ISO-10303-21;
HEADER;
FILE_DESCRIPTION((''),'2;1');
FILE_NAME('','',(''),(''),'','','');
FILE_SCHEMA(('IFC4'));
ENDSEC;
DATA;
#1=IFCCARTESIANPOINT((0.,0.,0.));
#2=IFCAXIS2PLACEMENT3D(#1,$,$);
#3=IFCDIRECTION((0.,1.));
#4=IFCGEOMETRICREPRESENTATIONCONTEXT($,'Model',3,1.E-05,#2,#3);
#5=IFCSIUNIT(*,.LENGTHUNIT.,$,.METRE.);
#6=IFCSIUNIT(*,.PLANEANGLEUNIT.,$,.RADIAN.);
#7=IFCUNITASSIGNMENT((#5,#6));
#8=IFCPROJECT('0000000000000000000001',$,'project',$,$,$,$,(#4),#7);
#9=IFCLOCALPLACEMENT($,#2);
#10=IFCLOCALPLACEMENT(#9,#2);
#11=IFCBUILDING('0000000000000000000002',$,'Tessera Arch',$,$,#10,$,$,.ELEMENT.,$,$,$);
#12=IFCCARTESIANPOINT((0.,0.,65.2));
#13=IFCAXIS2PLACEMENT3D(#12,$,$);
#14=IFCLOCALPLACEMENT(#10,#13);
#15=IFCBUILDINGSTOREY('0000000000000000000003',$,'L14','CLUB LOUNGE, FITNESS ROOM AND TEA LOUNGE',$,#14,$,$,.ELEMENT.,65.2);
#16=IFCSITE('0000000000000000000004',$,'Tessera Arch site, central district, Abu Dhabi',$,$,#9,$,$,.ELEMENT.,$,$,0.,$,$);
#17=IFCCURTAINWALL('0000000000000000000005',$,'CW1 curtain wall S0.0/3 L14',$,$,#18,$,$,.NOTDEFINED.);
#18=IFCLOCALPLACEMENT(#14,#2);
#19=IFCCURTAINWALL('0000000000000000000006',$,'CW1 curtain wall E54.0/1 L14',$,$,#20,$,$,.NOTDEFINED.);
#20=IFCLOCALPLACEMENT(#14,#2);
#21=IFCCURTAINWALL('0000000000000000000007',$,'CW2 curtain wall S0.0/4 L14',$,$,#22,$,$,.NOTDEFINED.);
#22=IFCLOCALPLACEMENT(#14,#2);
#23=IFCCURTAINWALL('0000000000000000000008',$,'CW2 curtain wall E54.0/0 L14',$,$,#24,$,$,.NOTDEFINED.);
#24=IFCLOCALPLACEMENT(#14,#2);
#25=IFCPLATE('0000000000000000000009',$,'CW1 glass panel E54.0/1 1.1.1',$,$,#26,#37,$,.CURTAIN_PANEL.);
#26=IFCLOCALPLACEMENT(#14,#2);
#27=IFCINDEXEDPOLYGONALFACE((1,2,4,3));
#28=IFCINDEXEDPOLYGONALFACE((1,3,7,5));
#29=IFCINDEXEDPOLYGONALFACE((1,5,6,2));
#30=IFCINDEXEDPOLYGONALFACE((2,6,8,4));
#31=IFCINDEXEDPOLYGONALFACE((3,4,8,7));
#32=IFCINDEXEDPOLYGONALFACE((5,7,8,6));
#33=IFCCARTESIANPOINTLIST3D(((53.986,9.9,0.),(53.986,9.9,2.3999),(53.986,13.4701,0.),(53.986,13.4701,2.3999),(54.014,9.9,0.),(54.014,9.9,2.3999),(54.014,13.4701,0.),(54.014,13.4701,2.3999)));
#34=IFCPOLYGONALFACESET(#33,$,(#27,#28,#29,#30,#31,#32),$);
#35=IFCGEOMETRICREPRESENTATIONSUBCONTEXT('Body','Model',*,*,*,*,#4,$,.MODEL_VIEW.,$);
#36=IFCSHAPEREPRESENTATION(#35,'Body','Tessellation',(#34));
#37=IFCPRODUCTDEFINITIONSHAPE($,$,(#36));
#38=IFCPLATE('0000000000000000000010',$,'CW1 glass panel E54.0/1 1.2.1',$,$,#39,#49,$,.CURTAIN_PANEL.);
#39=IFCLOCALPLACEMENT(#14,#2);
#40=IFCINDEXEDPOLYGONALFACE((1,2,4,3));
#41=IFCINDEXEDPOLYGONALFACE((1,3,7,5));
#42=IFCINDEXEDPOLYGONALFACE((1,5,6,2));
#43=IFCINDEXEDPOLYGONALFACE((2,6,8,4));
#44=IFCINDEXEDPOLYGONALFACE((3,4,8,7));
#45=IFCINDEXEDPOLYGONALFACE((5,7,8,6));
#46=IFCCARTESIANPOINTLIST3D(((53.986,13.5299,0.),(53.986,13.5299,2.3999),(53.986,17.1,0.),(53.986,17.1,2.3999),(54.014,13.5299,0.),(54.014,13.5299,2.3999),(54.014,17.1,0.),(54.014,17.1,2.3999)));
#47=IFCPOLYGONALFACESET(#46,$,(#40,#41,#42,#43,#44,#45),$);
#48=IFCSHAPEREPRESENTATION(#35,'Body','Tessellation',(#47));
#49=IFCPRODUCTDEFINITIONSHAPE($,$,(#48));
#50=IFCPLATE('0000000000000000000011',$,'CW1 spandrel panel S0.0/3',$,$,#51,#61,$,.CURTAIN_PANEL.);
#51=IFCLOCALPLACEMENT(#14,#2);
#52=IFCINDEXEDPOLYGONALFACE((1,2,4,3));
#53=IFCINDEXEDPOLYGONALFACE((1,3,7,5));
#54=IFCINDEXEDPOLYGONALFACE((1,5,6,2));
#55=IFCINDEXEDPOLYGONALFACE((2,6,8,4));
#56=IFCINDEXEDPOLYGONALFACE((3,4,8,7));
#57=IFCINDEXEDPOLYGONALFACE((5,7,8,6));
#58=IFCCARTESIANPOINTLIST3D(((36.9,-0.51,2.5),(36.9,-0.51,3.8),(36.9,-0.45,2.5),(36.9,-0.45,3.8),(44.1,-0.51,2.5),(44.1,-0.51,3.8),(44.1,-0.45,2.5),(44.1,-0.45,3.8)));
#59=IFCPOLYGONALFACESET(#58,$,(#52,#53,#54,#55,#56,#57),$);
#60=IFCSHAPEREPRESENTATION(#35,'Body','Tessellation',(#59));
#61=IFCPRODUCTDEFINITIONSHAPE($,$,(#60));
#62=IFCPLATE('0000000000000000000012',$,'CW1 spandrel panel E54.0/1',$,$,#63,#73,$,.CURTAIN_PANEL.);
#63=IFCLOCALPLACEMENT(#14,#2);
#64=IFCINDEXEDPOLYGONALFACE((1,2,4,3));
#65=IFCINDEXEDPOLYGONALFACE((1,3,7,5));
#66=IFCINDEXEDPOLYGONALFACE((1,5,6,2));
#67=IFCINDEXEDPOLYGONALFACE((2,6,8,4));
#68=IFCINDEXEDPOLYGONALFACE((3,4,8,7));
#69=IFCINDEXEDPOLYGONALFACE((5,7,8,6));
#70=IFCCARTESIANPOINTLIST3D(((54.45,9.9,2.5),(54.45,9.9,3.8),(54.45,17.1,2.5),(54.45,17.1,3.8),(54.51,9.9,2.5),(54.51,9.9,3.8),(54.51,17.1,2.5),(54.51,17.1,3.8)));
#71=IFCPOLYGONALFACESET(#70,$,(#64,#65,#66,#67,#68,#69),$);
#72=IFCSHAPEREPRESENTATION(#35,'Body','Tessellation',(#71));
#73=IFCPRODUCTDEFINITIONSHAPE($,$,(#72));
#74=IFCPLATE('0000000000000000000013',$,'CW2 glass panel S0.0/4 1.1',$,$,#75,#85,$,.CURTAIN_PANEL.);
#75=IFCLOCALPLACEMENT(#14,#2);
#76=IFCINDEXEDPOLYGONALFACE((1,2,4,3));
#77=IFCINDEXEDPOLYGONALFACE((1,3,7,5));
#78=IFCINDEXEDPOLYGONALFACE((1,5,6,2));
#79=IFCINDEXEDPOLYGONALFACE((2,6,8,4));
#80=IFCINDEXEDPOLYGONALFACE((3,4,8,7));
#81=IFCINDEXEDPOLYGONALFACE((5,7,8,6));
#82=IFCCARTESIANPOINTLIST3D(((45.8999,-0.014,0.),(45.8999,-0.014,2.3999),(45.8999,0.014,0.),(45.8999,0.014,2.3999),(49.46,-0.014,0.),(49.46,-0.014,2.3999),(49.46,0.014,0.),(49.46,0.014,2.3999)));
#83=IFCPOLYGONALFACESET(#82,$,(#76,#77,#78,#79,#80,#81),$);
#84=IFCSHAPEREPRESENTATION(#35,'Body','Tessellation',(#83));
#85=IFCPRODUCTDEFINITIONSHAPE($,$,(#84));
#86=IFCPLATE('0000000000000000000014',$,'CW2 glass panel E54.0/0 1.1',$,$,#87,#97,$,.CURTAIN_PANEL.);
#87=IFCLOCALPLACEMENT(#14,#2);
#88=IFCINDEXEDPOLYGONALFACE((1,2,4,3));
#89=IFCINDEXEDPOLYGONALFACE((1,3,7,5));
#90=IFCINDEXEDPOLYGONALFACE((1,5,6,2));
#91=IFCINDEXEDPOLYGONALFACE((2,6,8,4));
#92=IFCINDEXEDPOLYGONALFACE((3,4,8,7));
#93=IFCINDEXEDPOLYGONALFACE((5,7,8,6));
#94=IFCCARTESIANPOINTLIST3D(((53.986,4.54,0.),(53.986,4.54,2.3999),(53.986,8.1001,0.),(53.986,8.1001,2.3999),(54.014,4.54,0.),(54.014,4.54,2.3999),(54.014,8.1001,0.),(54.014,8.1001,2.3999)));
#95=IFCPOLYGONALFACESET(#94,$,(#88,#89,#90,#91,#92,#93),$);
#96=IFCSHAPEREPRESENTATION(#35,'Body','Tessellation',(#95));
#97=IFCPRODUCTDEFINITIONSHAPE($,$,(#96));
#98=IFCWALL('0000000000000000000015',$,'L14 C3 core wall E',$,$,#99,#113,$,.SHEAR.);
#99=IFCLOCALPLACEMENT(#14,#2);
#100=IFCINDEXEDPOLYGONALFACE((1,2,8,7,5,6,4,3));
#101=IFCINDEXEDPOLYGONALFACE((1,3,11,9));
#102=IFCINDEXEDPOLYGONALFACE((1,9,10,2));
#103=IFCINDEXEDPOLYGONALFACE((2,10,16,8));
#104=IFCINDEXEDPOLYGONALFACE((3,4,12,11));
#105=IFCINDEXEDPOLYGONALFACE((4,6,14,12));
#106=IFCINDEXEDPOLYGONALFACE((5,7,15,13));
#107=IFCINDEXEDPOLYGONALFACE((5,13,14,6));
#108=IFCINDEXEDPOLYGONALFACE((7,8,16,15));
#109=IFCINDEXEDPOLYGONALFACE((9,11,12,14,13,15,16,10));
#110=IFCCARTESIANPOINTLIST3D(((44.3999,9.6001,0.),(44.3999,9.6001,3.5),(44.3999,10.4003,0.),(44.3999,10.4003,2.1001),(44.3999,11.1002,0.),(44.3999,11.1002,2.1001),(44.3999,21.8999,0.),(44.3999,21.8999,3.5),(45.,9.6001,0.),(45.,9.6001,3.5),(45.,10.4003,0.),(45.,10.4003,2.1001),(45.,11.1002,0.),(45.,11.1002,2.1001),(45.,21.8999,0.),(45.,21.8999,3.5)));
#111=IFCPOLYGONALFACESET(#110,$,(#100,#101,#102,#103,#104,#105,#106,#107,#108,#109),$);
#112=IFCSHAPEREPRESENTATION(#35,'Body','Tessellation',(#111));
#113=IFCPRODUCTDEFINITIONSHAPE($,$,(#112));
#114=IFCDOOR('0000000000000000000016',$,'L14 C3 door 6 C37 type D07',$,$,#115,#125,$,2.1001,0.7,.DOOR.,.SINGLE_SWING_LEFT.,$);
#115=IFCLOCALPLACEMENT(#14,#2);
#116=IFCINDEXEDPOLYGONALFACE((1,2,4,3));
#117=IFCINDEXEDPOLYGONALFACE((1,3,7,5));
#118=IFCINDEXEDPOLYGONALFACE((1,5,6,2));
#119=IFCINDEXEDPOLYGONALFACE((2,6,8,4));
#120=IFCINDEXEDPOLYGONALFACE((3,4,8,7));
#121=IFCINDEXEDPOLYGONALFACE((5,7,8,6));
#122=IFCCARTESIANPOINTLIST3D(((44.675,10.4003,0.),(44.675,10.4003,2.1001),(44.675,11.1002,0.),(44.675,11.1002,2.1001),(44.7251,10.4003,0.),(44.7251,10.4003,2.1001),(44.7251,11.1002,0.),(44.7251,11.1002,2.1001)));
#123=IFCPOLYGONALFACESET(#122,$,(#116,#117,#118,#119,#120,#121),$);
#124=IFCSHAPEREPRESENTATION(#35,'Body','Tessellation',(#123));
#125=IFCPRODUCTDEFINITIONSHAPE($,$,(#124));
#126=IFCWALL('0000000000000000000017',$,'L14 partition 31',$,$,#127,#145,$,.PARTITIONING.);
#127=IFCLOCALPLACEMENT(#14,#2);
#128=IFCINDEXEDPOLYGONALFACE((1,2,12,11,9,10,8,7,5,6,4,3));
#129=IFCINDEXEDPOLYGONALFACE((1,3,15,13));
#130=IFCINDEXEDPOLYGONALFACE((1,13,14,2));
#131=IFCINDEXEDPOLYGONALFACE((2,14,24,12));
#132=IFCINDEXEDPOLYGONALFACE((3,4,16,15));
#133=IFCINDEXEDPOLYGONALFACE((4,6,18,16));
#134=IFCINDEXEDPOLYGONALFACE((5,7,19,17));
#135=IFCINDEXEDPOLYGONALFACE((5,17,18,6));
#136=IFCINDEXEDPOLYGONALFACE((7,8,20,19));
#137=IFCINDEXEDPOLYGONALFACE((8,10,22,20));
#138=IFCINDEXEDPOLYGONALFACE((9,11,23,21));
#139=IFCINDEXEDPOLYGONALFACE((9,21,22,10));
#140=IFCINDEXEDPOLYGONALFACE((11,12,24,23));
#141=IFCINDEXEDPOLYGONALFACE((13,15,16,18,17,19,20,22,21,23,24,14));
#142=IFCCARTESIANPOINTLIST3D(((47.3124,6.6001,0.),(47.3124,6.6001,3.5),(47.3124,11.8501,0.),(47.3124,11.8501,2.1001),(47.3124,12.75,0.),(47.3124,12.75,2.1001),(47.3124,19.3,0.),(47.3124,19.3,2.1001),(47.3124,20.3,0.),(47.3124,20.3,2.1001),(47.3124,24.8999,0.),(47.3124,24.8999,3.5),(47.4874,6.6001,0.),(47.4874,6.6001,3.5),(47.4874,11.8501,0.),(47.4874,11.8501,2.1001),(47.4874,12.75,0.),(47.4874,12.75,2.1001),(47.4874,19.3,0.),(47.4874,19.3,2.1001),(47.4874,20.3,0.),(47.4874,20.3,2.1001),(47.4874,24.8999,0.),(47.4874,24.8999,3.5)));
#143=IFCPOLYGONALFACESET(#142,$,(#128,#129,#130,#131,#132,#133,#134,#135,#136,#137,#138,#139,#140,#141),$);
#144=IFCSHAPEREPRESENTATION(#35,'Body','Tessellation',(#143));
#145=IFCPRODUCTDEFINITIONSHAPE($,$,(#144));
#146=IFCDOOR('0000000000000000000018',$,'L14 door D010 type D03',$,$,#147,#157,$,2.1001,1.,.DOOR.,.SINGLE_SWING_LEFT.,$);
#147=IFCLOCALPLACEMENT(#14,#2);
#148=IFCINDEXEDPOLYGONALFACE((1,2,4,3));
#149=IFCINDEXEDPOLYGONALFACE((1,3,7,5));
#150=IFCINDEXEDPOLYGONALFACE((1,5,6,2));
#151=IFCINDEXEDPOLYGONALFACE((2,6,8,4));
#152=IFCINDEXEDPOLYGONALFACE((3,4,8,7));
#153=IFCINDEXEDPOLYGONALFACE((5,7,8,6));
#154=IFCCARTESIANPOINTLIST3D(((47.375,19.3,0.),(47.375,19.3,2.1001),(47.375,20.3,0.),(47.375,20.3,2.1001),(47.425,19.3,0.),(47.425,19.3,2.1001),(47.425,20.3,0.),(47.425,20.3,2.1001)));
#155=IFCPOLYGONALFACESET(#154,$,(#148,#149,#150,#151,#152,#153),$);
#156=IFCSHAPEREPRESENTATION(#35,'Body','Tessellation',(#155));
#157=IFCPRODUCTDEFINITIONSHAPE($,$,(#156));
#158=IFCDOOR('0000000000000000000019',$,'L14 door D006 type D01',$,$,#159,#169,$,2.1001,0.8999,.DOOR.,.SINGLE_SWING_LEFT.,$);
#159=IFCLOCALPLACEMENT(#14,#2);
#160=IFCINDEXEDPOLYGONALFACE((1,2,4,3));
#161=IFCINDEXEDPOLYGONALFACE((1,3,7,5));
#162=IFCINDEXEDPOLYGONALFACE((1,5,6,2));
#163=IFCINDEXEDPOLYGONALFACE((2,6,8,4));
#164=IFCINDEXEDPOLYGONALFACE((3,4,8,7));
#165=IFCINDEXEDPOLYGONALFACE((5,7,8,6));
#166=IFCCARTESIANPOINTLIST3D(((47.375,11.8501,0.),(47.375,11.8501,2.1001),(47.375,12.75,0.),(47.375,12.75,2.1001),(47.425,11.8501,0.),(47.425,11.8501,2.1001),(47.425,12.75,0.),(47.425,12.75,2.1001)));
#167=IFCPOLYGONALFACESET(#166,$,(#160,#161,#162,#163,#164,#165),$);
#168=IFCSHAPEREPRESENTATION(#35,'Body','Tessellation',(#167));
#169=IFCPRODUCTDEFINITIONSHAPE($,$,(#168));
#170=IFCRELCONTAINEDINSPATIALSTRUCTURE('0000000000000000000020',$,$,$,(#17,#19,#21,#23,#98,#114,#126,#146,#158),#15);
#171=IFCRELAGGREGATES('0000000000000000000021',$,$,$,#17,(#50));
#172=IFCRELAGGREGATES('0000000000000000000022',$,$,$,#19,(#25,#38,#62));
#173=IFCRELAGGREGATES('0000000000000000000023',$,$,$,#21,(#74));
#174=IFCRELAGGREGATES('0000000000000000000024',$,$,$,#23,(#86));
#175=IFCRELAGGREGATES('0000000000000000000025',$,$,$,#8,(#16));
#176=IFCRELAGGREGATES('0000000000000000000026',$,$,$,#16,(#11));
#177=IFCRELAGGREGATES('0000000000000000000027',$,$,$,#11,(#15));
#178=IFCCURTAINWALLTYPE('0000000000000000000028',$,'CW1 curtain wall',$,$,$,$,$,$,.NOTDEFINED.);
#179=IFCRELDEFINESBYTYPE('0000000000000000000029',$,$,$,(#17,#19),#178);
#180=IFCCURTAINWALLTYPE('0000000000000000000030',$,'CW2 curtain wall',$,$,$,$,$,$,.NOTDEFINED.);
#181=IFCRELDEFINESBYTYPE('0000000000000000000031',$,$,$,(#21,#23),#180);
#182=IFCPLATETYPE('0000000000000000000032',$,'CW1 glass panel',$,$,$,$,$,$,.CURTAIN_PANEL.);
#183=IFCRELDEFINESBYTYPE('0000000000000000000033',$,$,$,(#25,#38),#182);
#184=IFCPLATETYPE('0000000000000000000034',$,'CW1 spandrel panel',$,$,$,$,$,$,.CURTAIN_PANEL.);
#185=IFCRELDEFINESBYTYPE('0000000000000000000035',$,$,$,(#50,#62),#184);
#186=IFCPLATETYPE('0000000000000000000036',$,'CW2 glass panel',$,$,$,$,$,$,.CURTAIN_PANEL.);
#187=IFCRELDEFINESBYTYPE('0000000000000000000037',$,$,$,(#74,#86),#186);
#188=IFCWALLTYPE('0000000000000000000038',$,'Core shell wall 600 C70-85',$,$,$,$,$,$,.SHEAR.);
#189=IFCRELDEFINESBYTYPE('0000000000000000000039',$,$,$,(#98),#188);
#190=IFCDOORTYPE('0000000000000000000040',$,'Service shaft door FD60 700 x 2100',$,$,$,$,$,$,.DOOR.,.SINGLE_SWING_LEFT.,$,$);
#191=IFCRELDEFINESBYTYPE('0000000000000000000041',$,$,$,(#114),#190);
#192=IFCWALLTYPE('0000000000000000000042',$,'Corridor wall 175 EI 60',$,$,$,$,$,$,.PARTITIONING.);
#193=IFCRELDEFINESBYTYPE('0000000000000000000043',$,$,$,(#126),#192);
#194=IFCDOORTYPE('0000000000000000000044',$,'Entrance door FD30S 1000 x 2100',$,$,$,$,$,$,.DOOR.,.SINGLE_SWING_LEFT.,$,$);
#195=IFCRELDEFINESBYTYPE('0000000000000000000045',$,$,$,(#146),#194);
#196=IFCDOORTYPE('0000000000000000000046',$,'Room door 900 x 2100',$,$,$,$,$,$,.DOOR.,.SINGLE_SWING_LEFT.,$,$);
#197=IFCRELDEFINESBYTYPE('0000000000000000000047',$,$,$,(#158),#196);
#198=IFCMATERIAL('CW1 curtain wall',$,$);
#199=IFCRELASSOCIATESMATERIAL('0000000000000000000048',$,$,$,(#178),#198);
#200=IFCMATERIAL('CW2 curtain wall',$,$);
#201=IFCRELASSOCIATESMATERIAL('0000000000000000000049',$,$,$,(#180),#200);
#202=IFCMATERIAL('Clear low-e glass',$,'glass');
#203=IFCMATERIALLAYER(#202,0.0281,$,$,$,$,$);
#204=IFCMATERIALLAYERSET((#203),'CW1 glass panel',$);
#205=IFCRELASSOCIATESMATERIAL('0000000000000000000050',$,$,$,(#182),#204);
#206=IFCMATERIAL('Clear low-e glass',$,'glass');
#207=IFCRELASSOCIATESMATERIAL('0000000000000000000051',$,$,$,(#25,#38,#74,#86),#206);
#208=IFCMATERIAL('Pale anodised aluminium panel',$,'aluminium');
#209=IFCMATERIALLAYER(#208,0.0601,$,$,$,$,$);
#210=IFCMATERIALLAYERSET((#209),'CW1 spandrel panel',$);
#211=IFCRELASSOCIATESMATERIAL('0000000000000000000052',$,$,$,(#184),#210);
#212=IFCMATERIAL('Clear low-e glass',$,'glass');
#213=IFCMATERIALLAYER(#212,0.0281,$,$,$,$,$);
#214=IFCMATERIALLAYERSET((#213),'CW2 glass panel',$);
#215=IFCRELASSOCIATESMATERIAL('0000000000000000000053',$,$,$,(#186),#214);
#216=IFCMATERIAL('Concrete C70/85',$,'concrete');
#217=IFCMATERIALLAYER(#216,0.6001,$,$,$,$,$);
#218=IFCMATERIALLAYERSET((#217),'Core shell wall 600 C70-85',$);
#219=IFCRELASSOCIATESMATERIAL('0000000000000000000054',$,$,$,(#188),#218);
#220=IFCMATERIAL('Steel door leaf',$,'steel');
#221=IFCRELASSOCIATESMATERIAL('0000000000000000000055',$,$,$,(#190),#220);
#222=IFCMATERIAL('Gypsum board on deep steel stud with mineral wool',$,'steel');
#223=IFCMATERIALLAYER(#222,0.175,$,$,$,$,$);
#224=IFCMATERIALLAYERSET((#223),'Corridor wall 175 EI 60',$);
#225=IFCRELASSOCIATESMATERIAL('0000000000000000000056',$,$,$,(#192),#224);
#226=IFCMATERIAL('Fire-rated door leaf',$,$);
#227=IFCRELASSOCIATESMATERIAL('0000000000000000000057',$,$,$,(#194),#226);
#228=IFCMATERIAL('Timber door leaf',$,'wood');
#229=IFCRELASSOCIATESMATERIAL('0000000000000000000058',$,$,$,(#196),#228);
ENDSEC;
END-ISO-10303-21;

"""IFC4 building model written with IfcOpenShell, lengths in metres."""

from ifc_helpers import new_model, si_unit, direction, frame, frame_2d, origin, origin_2d, place, context, subcontext, project, spatial, rectangle, extrude, material, layer, layer_set, type_object, element, fill, aggregate, save


model = new_model("IFC4")

# Units and contexts
model_context = context("Model", 3, precision=1e-05, world=origin(), true_north=direction((0.0, 1.0)))
body_context = subcontext(model_context, "Body", "Model", "MODEL_VIEW")
ifc_project = project(units=[si_unit("LENGTHUNIT", "METRE"), si_unit("PLANEANGLEUNIT", "RADIAN")], contexts=[model_context])

# Site, building, storey
site_placement = place(None, origin())
site = spatial("IfcSite", under=ifc_project, at=site_placement, Name="Tessera Arch site, central district, Abu Dhabi", CompositionType="ELEMENT", RefElevation=0.0)
building_placement = place(site_placement, origin())
building = spatial("IfcBuilding", under=site, at=building_placement, Name="Tessera Arch", CompositionType="ELEMENT")
storey_placement = place(building_placement, frame((0.0, 0.0, 65.2)))
storey = spatial("IfcBuildingStorey", under=building, at=storey_placement, Name="L14", Description="CLUB LOUNGE, FITNESS ROOM AND TEA LOUNGE", CompositionType="ELEMENT", Elevation=65.2)

# Curtain wall
ifc_material_1 = material(Name="CW1 curtain wall")
curtain_wall_type_1 = type_object("IfcCurtainWallType", Name="CW1 curtain wall", PredefinedType="NOTDEFINED", material=ifc_material_1)
curtain_wall_1_placement = place(storey_placement, origin())
curtain_wall_1 = element("IfcCurtainWall", 1, at=curtain_wall_1_placement, inside=storey, type_object=curtain_wall_type_1, Name="CW1 curtain wall S0.0/3 L14", PredefinedType="NOTDEFINED")

# Curtain wall
curtain_wall_2_placement = place(storey_placement, origin())
curtain_wall_2 = element("IfcCurtainWall", 2, at=curtain_wall_2_placement, inside=storey, type_object=curtain_wall_type_1, Name="CW1 curtain wall E54.0/1 L14", PredefinedType="NOTDEFINED")

# Curtain walls
ifc_material_2 = material(Name="CW2 curtain wall")
curtain_wall_type_2 = type_object("IfcCurtainWallType", Name="CW2 curtain wall", PredefinedType="NOTDEFINED", material=ifc_material_2)
curtain_wall_3_placement = place(storey_placement, origin())
curtain_wall_3 = element("IfcCurtainWall", 3, at=curtain_wall_3_placement, inside=storey, type_object=curtain_wall_type_2, Name="CW2 curtain wall S0.0/4 L14", PredefinedType="NOTDEFINED")
curtain_wall_4_placement = place(storey_placement, origin())
curtain_wall_4 = element("IfcCurtainWall", 4, at=curtain_wall_4_placement, inside=storey, type_object=curtain_wall_type_2, Name="CW2 curtain wall E54.0/0 L14", PredefinedType="NOTDEFINED")

# Plates
ifc_material_3 = material(Name="Clear low-e glass", Category="glass")
ifc_material_4 = material(Name="Clear low-e glass", Category="glass")
ifc_layer_1 = layer(ifc_material_4, 0.0281)
ifc_layer_set_1 = layer_set([ifc_layer_1], Name="CW1 glass panel")
plate_type_1 = type_object("IfcPlateType", Name="CW1 glass panel", PredefinedType="CURTAIN_PANEL", material=ifc_layer_set_1)
plate_1_placement = place(storey_placement, frame((54.0, 11.6851, 0.0), z_axis=(0.0, 0.0, 1.0), x_axis=(0.0, 1.0, 0.0)))
plate_1 = element("IfcPlate", 5, at=plate_1_placement, type_object=plate_type_1, material=ifc_material_3, Name="CW1 glass panel E54.0/1 1.1.1", PredefinedType="CURTAIN_PANEL", context=body_context, shape_type="SweptSolid", body=[
    extrude(rectangle(XDim=3.5701, YDim=0.0281, at=origin_2d()), origin(), (0.0, 0.0, 1.0), 2.3999),
])
plate_2_placement = place(storey_placement, frame((54.0, 15.3149, 0.0), z_axis=(0.0, 0.0, 1.0), x_axis=(0.0, 1.0, 0.0)))
plate_2 = element("IfcPlate", 6, at=plate_2_placement, type_object=plate_type_1, material=ifc_material_3, Name="CW1 glass panel E54.0/1 1.2.1", PredefinedType="CURTAIN_PANEL", context=body_context, shape_type="SweptSolid", body=[
    extrude(rectangle(XDim=3.5701, YDim=0.0281, at=origin_2d()), origin(), (0.0, 0.0, 1.0), 2.3999),
])
ifc_material_5 = material(Name="Pale anodised aluminium panel", Category="aluminium")
ifc_layer_2 = layer(ifc_material_5, 0.0601)
ifc_layer_set_2 = layer_set([ifc_layer_2], Name="CW1 spandrel panel")
plate_type_2 = type_object("IfcPlateType", Name="CW1 spandrel panel", PredefinedType="CURTAIN_PANEL", material=ifc_layer_set_2)
plate_3_placement = place(storey_placement, frame((40.5, -0.48, 2.5), z_axis=(0.0, 0.0, 1.0), x_axis=(1.0, 0.0, 0.0)))
plate_3 = element("IfcPlate", 7, at=plate_3_placement, type_object=plate_type_2, Name="CW1 spandrel panel S0.0/3", PredefinedType="CURTAIN_PANEL", context=body_context, shape_type="SweptSolid", body=[
    extrude(rectangle(XDim=7.2, YDim=0.0601, at=origin_2d()), origin(), (0.0, 0.0, 1.0), 1.3),
])
aggregate(curtain_wall_1, [plate_3])
plate_4_placement = place(storey_placement, frame((54.48, 13.5, 2.5), z_axis=(0.0, 0.0, 1.0), x_axis=(0.0, 1.0, 0.0)))
plate_4 = element("IfcPlate", 8, at=plate_4_placement, type_object=plate_type_2, Name="CW1 spandrel panel E54.0/1", PredefinedType="CURTAIN_PANEL", context=body_context, shape_type="SweptSolid", body=[
    extrude(rectangle(XDim=7.2, YDim=0.0601, at=origin_2d()), origin(), (0.0, 0.0, 1.0), 1.3),
])
aggregate(curtain_wall_2, [plate_1, plate_2, plate_4])
ifc_material_6 = material(Name="Clear low-e glass", Category="glass")
ifc_layer_3 = layer(ifc_material_6, 0.0281)
ifc_layer_set_3 = layer_set([ifc_layer_3], Name="CW2 glass panel")
plate_type_3 = type_object("IfcPlateType", Name="CW2 glass panel", PredefinedType="CURTAIN_PANEL", material=ifc_layer_set_3)
plate_5_placement = place(storey_placement, frame((47.6799, 0.0, 0.0), z_axis=(0.0, 0.0, 1.0), x_axis=(1.0, 0.0, 0.0)))
plate_5 = element("IfcPlate", 9, at=plate_5_placement, type_object=plate_type_3, material=ifc_material_3, Name="CW2 glass panel S0.0/4 1.1", PredefinedType="CURTAIN_PANEL", context=body_context, shape_type="SweptSolid", body=[
    extrude(rectangle(XDim=3.5601, YDim=0.0281, at=origin_2d()), origin(), (0.0, 0.0, 1.0), 2.3999),
])
aggregate(curtain_wall_3, [plate_5])
plate_6_placement = place(storey_placement, frame((54.0, 6.3201, 0.0), z_axis=(0.0, 0.0, 1.0), x_axis=(0.0, 1.0, 0.0)))
plate_6 = element("IfcPlate", 10, at=plate_6_placement, type_object=plate_type_3, material=ifc_material_3, Name="CW2 glass panel E54.0/0 1.1", PredefinedType="CURTAIN_PANEL", context=body_context, shape_type="SweptSolid", body=[
    extrude(rectangle(XDim=3.5601, YDim=0.0281, at=origin_2d()), origin(), (0.0, 0.0, 1.0), 2.3999),
])
aggregate(curtain_wall_4, [plate_6])

# Wall, opening, door
ifc_material_7 = material(Name="Concrete C70/85", Category="concrete")
ifc_layer_4 = layer(ifc_material_7, 0.6001)
ifc_layer_set_4 = layer_set([ifc_layer_4], Name="Core shell wall 600 C70-85")
wall_type_1 = type_object("IfcWallType", Name="Core shell wall 600 C70-85", PredefinedType="SHEAR", material=ifc_layer_set_4)
wall_1_placement = place(storey_placement, frame((44.7, 9.6001, 0.0), z_axis=(0.0, 0.0, 1.0), x_axis=(0.0, 1.0, 0.0)))
wall_1 = element("IfcWall", 11, at=wall_1_placement, inside=storey, type_object=wall_type_1, Name="L14 C3 core wall E", PredefinedType="SHEAR", context=body_context, shape_type="SweptSolid", body=[
    extrude(rectangle(XDim=12.2998, YDim=0.6001, at=frame_2d((6.1499, 0.0))), origin(), (0.0, 0.0, 1.0), 3.5),
])
opening_1_placement = place(wall_1_placement, frame((0.8, 0.0, 0.0)))
opening_1 = element("IfcOpeningElement", 12, at=opening_1_placement, cuts=wall_1, PredefinedType="OPENING", context=body_context, shape_type="SweptSolid", body=[
    extrude(rectangle(XDim=0.7, YDim=2.1001, at=frame_2d((0.3501, 1.05))), frame((0.0, 0.3101, 0.0), z_axis=(0.0, -1.0, 0.0), x_axis=(1.0, 0.0, 0.0)), (0.0, 0.0, 1.0), 0.6201),
])
ifc_material_8 = material(Name="Steel door leaf", Category="steel")
door_type_1 = type_object("IfcDoorType", Name="Service shaft door FD60 700 x 2100", OperationType="SINGLE_SWING_LEFT", PredefinedType="DOOR", material=ifc_material_8)
door_1_placement = place(opening_1_placement, origin())
door_1 = element("IfcDoor", 13, at=door_1_placement, inside=storey, type_object=door_type_1, Name="L14 C3 door 6 C37 type D07", OperationType="SINGLE_SWING_LEFT", OverallHeight=2.1001, OverallWidth=0.7, PredefinedType="DOOR", context=body_context, shape_type="SweptSolid", body=[
    extrude(rectangle(XDim=0.7, YDim=2.1001, at=frame_2d((0.3501, 1.05))), frame((0.0, 0.0249, 0.0), z_axis=(0.0, -1.0, 0.0), x_axis=(1.0, 0.0, 0.0)), (0.0, 0.0, 1.0), 0.05),
])
fill(opening_1, door_1)

# Wall, openings, doors
ifc_material_9 = material(Name="Gypsum board on deep steel stud with mineral wool", Category="steel")
ifc_layer_5 = layer(ifc_material_9, 0.175)
ifc_layer_set_5 = layer_set([ifc_layer_5], Name="Corridor wall 175 EI 60")
wall_type_2 = type_object("IfcWallType", Name="Corridor wall 175 EI 60", PredefinedType="PARTITIONING", material=ifc_layer_set_5)
wall_2_placement = place(storey_placement, frame((47.3999, 6.6001, 0.0), z_axis=(0.0, 0.0, 1.0), x_axis=(0.0, 1.0, 0.0)))
wall_2 = element("IfcWall", 14, at=wall_2_placement, inside=storey, type_object=wall_type_2, Name="L14 partition 31", PredefinedType="PARTITIONING", context=body_context, shape_type="SweptSolid", body=[
    extrude(rectangle(XDim=18.2998, YDim=0.175, at=frame_2d((9.1499, 0.0))), origin(), (0.0, 0.0, 1.0), 3.5),
])
opening_2_placement = place(wall_2_placement, frame((5.25, 0.0, 0.0)))
opening_2 = element("IfcOpeningElement", 15, at=opening_2_placement, cuts=wall_2, PredefinedType="OPENING", context=body_context, shape_type="SweptSolid", body=[
    extrude(rectangle(XDim=0.8999, YDim=2.1001, at=frame_2d((0.45, 1.05))), frame((0.0, 0.0974, 0.0), z_axis=(0.0, -1.0, 0.0), x_axis=(1.0, 0.0, 0.0)), (0.0, 0.0, 1.0), 0.1951),
])
opening_3_placement = place(wall_2_placement, frame((12.7, 0.0, 0.0)))
opening_3 = element("IfcOpeningElement", 16, at=opening_3_placement, cuts=wall_2, PredefinedType="OPENING", context=body_context, shape_type="SweptSolid", body=[
    extrude(rectangle(XDim=1.0, YDim=2.1001, at=frame_2d((0.5, 1.05))), frame((0.0, 0.0974, 0.0), z_axis=(0.0, -1.0, 0.0), x_axis=(1.0, 0.0, 0.0)), (0.0, 0.0, 1.0), 0.1951),
])
ifc_material_10 = material(Name="Fire-rated door leaf")
door_type_2 = type_object("IfcDoorType", Name="Entrance door FD30S 1000 x 2100", OperationType="SINGLE_SWING_LEFT", PredefinedType="DOOR", material=ifc_material_10)
door_2_placement = place(opening_3_placement, origin())
door_2 = element("IfcDoor", 17, at=door_2_placement, inside=storey, type_object=door_type_2, Name="L14 door D010 type D03", OperationType="SINGLE_SWING_LEFT", OverallHeight=2.1001, OverallWidth=1.0, PredefinedType="DOOR", context=body_context, shape_type="SweptSolid", body=[
    extrude(rectangle(XDim=1.0, YDim=2.1001, at=frame_2d((0.5, 1.05))), frame((0.0, 0.0249, 0.0), z_axis=(0.0, -1.0, 0.0), x_axis=(1.0, 0.0, 0.0)), (0.0, 0.0, 1.0), 0.05),
])
fill(opening_3, door_2)
ifc_material_11 = material(Name="Timber door leaf", Category="wood")
door_type_3 = type_object("IfcDoorType", Name="Room door 900 x 2100", OperationType="SINGLE_SWING_LEFT", PredefinedType="DOOR", material=ifc_material_11)
door_3_placement = place(opening_2_placement, origin())
door_3 = element("IfcDoor", 18, at=door_3_placement, inside=storey, type_object=door_type_3, Name="L14 door D006 type D01", OperationType="SINGLE_SWING_LEFT", OverallHeight=2.1001, OverallWidth=0.8999, PredefinedType="DOOR", context=body_context, shape_type="SweptSolid", body=[
    extrude(rectangle(XDim=0.8999, YDim=2.1001, at=frame_2d((0.45, 1.05))), frame((0.0, 0.0249, 0.0), z_axis=(0.0, -1.0, 0.0), x_axis=(1.0, 0.0, 0.0)), (0.0, 0.0, 1.0), 0.05),
])
fill(opening_2, door_3)

save(model, "model.ifc")
